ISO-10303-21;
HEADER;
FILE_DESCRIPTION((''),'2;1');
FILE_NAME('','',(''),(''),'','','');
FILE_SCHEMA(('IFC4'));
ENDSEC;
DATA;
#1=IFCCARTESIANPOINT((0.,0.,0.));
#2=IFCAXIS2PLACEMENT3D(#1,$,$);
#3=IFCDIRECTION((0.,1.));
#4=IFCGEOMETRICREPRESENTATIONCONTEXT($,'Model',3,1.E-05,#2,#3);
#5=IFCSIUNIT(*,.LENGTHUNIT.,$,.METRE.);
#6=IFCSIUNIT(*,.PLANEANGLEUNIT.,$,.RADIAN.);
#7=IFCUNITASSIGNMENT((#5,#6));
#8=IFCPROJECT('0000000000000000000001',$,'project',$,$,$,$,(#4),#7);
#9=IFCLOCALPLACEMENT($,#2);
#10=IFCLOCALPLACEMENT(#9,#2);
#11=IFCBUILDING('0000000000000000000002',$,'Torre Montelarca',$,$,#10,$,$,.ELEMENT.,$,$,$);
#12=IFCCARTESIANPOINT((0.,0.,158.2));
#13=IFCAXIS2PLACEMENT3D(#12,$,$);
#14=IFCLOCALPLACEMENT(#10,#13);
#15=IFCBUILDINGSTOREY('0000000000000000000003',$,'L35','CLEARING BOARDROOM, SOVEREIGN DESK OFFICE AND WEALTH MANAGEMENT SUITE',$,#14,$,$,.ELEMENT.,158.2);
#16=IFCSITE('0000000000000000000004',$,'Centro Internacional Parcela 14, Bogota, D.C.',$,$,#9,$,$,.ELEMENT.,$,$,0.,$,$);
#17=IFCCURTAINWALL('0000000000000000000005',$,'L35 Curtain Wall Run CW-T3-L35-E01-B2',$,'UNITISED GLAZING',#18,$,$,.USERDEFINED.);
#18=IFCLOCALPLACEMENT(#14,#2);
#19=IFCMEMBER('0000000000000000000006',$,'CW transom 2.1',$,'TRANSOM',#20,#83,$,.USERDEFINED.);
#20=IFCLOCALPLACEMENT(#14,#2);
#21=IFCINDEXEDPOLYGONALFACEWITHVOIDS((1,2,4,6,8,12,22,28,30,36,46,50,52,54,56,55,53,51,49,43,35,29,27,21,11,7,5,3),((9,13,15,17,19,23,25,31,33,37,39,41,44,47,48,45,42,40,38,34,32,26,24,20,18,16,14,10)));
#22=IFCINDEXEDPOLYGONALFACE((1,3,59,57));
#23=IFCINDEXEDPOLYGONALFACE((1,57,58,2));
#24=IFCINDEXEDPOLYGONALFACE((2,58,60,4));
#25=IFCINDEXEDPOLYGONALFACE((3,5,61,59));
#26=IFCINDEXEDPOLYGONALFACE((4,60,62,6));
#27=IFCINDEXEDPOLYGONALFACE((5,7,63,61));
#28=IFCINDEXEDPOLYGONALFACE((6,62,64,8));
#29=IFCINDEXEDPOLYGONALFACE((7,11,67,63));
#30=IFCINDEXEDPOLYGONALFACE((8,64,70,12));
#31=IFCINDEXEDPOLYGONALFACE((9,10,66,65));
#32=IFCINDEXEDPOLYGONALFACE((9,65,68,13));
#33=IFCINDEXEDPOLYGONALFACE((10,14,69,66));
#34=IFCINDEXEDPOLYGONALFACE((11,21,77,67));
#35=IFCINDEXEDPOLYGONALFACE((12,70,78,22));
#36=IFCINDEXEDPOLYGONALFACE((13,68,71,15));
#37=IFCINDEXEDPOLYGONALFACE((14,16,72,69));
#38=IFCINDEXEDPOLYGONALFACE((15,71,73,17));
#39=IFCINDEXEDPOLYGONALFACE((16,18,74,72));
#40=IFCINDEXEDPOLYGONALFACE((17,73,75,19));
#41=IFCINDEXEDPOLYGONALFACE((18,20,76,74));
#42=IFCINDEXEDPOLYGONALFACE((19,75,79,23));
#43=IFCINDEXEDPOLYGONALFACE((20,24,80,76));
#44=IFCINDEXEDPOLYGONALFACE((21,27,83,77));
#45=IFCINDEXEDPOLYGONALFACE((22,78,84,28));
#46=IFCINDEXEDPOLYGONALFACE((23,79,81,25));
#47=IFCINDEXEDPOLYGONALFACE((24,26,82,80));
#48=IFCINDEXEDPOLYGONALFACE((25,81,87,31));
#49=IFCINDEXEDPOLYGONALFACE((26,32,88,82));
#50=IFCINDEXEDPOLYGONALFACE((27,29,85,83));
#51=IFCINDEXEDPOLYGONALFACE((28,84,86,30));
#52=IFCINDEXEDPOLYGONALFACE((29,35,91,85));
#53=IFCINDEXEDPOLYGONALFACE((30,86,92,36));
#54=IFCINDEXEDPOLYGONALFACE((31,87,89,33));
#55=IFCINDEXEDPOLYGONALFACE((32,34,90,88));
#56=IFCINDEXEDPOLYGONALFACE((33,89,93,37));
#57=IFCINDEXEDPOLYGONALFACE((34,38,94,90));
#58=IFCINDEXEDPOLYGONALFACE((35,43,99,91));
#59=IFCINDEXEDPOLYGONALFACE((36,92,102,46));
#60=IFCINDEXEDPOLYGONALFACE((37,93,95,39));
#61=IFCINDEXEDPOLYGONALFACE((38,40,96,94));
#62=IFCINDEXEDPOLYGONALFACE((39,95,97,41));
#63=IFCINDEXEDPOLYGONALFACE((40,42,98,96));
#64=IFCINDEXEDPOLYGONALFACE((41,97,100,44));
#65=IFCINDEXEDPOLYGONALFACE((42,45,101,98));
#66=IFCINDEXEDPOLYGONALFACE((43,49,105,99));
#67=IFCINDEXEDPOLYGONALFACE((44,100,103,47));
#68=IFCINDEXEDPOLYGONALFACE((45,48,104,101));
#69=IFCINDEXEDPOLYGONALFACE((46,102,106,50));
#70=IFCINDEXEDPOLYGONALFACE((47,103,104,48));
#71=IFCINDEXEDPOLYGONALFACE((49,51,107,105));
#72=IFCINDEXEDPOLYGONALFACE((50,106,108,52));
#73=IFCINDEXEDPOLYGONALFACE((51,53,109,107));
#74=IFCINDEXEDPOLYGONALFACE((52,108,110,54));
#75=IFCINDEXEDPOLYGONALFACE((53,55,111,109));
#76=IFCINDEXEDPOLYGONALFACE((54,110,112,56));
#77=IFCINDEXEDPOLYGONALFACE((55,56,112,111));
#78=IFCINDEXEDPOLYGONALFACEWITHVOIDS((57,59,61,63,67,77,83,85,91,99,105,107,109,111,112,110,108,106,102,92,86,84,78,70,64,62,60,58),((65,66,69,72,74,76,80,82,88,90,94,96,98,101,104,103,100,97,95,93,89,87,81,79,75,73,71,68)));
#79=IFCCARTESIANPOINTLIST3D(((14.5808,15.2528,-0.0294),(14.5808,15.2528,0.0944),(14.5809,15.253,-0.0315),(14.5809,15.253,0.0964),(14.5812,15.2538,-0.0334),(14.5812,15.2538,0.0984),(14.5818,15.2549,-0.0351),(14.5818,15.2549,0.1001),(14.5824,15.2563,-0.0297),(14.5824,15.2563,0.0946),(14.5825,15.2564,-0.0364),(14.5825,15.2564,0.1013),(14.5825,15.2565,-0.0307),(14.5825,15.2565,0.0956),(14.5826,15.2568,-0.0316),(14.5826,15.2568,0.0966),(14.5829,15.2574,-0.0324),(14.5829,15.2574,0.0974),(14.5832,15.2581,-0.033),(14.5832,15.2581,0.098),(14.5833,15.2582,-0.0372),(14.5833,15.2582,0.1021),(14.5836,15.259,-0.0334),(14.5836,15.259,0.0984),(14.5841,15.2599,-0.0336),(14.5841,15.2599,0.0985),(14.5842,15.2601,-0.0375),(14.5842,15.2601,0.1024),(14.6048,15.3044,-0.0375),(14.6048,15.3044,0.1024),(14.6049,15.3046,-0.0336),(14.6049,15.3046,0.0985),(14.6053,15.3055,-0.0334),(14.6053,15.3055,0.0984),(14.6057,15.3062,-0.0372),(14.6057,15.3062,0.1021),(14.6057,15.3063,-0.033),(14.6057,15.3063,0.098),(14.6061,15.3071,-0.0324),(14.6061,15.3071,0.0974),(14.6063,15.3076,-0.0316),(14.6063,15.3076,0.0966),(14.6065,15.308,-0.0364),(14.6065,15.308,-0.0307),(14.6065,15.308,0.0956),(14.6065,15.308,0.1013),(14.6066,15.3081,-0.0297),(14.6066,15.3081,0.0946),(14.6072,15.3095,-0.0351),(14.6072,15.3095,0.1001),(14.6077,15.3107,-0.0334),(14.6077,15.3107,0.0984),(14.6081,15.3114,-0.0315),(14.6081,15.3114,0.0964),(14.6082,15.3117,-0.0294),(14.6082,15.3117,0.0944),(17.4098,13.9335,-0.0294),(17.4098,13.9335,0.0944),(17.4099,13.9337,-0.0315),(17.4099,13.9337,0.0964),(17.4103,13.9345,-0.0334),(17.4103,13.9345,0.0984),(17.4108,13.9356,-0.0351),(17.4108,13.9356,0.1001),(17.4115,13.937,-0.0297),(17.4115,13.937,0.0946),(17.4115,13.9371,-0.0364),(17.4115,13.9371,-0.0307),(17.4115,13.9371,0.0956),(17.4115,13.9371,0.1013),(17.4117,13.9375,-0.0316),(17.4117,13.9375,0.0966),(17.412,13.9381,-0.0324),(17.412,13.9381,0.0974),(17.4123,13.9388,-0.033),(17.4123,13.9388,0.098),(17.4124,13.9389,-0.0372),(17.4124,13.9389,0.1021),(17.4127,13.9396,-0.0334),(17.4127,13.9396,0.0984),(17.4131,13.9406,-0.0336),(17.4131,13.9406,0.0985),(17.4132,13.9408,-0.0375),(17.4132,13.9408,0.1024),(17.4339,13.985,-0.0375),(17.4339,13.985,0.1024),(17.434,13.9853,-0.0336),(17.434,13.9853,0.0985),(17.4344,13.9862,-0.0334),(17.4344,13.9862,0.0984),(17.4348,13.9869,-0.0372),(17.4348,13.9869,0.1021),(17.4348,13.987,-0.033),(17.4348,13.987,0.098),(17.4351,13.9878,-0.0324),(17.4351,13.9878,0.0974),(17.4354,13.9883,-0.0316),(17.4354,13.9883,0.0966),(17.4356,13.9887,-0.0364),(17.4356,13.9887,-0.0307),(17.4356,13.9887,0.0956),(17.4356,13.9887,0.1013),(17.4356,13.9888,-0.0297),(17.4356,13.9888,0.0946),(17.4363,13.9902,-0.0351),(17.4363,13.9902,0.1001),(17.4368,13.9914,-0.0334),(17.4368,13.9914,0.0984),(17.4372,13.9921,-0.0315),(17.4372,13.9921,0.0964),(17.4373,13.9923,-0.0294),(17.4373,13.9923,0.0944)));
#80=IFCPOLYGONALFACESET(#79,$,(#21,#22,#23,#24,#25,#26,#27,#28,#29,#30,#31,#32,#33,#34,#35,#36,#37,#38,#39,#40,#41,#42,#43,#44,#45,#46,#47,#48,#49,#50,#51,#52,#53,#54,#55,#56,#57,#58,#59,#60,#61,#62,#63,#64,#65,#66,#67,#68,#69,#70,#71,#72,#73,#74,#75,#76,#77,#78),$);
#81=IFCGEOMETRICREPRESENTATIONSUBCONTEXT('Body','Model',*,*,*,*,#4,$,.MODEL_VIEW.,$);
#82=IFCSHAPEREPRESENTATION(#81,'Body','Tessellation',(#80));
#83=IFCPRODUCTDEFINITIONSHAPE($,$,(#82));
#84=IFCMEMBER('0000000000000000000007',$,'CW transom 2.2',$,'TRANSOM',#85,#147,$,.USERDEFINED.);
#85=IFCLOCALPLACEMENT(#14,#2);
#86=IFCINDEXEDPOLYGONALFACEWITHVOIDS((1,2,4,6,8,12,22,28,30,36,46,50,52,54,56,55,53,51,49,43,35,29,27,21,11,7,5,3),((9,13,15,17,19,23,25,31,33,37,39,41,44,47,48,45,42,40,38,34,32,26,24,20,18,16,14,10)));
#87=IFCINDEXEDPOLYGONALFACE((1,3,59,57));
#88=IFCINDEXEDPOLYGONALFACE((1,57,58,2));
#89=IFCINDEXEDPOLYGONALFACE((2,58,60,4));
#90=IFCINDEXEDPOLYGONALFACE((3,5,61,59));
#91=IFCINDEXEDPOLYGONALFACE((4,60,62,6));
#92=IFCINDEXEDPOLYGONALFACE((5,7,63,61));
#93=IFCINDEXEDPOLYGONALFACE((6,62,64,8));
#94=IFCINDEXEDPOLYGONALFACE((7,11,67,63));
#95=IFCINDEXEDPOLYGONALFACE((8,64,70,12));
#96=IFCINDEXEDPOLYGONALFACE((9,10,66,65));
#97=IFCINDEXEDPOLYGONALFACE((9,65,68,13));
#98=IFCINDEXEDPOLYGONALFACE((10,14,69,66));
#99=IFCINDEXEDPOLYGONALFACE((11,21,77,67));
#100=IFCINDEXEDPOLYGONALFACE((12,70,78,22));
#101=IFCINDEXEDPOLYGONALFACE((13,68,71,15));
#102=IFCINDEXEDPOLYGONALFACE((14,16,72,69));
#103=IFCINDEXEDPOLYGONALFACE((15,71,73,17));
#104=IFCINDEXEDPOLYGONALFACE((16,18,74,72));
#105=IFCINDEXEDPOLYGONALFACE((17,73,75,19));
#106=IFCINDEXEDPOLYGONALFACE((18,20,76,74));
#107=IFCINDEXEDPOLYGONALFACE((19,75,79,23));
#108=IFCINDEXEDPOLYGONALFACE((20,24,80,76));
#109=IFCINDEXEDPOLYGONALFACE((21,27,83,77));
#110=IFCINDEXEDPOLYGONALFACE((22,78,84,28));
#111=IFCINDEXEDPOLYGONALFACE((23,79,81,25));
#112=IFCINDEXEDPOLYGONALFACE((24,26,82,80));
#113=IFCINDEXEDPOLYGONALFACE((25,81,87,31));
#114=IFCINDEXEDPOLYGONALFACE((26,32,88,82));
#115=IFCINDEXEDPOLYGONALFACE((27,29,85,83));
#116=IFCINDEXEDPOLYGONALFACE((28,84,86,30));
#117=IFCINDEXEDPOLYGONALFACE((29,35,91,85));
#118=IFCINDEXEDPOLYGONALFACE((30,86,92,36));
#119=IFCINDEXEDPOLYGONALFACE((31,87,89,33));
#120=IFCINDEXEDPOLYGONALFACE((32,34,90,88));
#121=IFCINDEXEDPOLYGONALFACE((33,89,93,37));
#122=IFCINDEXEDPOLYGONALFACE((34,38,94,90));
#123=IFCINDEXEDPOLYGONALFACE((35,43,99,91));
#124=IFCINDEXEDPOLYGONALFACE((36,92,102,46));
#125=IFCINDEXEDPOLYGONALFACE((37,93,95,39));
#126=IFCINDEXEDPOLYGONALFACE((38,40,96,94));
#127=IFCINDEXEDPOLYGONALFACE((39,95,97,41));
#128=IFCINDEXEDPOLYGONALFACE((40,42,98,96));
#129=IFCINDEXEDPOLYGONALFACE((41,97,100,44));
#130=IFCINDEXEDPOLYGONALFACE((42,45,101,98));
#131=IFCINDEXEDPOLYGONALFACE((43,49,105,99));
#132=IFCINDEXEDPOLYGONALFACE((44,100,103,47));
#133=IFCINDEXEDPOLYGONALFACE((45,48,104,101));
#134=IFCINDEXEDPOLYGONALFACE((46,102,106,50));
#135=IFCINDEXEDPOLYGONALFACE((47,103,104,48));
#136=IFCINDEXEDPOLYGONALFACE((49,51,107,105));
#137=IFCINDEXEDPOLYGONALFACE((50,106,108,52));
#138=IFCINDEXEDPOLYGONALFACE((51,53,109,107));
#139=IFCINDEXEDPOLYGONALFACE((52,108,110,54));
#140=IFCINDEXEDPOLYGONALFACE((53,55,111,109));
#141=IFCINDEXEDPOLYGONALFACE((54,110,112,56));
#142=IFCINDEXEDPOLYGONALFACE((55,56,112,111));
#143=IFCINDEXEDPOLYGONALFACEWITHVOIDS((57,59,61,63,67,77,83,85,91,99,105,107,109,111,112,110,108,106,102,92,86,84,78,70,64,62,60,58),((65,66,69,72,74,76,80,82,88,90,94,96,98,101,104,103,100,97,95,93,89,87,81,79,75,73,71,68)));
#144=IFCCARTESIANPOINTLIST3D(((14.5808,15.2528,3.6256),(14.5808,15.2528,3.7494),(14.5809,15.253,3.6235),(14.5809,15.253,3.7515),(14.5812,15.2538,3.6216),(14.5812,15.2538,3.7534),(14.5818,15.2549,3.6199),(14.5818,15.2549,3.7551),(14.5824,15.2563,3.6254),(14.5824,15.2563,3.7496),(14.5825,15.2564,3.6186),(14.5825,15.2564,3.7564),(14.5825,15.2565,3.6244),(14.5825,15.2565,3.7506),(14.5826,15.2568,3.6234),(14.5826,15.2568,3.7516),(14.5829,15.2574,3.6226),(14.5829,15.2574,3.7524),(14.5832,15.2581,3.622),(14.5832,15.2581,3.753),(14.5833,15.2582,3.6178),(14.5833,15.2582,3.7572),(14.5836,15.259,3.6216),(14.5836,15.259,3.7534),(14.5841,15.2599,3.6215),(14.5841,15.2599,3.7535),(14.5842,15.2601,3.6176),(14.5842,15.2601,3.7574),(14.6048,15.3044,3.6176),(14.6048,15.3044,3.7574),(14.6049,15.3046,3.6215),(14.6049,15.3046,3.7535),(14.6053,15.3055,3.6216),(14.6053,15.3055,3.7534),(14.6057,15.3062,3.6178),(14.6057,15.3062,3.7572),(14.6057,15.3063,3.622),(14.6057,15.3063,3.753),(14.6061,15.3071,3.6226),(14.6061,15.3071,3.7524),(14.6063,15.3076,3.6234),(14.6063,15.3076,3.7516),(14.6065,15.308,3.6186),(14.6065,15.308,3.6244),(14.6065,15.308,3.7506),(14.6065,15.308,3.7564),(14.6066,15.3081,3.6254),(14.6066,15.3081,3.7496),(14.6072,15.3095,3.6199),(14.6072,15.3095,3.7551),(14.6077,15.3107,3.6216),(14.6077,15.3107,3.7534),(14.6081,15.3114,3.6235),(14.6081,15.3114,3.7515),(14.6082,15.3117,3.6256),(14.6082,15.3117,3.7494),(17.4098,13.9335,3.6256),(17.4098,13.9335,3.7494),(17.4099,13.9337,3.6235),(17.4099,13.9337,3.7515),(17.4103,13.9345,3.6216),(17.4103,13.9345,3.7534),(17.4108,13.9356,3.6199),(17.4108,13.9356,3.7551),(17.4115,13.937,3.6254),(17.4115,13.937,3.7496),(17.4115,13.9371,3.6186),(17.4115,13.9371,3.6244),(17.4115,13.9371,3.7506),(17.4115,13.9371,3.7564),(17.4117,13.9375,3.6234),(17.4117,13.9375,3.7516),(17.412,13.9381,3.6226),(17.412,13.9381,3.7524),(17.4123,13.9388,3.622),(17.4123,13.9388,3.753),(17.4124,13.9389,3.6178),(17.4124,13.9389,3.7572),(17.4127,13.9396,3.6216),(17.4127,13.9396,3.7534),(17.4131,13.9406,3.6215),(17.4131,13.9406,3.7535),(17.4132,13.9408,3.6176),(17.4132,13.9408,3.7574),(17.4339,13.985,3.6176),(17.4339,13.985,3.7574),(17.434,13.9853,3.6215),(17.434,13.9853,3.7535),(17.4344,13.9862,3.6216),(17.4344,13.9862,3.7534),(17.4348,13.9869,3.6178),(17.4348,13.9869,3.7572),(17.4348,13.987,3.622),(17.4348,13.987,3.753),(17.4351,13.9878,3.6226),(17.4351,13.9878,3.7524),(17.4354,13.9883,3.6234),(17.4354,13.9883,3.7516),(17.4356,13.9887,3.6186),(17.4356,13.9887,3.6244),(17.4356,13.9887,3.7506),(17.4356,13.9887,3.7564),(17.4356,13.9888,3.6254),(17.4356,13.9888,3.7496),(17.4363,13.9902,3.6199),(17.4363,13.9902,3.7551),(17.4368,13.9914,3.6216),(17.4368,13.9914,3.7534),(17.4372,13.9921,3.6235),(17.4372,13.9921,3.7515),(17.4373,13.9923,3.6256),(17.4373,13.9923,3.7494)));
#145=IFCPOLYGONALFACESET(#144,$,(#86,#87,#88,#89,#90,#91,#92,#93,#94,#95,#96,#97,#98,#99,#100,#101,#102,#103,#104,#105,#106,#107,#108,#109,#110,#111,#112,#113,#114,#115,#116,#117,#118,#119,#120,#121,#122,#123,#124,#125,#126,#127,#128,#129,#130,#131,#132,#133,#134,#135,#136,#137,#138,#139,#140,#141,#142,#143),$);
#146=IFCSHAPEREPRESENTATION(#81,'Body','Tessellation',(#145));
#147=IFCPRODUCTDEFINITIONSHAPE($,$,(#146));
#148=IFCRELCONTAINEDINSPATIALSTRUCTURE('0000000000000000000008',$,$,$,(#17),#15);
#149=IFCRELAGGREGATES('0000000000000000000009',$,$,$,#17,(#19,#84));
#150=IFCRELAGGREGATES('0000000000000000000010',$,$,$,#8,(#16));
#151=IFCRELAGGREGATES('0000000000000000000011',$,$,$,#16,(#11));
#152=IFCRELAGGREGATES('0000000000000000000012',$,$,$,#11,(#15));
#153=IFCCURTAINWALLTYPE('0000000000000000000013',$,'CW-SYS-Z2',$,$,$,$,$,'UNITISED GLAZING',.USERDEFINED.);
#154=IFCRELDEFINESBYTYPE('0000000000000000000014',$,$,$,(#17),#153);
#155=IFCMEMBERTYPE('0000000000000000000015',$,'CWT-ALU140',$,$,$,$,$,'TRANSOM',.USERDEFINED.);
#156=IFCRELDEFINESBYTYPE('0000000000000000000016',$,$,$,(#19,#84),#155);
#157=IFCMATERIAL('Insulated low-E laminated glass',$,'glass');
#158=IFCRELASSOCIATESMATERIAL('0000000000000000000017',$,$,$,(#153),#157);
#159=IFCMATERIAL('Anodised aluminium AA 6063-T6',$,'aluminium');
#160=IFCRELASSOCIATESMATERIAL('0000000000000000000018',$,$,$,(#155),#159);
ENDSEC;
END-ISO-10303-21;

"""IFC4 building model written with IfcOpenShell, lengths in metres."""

from ifc_helpers import new_model, si_unit, direction, frame, origin, origin_2d, place, context, subcontext, project, spatial, hollow_rectangle, extrude, source, transform, mapped, material, material_profile, profile_set, type_object, element, aggregate, save


model = new_model("IFC4")

# Units and contexts
model_context = context("Model", 3, precision=1e-05, world=origin(), true_north=direction((0.0, 1.0)))
body_context = subcontext(model_context, "Body", "Model", "MODEL_VIEW")
ifc_project = project(units=[si_unit("LENGTHUNIT", "METRE"), si_unit("PLANEANGLEUNIT", "RADIAN")], contexts=[model_context])

# Site, building, storey
site_placement = place(None, origin())
site = spatial("IfcSite", under=ifc_project, at=site_placement, Name="Centro Internacional Parcela 14, Bogota, D.C.", CompositionType="ELEMENT", RefElevation=0.0)
building_placement = place(site_placement, origin())
building = spatial("IfcBuilding", under=site, at=building_placement, Name="Torre Montelarca", CompositionType="ELEMENT")
storey_placement = place(building_placement, frame((0.0, 0.0, 158.2)))
storey = spatial("IfcBuildingStorey", under=building, at=storey_placement, Name="L35", Description="CLEARING BOARDROOM, SOVEREIGN DESK OFFICE AND WEALTH MANAGEMENT SUITE", CompositionType="ELEMENT", Elevation=158.2)

# Shared definitions
ifc_material_1 = material(Name="Insulated low-E laminated glass", Category="glass")
curtain_wall_type = type_object("IfcCurtainWallType", Name="CW-SYS-Z2", ElementType="UNITISED GLAZING", PredefinedType="USERDEFINED", material=ifc_material_1)
ifc_material_2 = material(Name="Anodised aluminium AA 6063-T6", Category="aluminium")

# Curtain wall
curtain_wall_1_placement = place(storey_placement, origin())
curtain_wall_1 = element("IfcCurtainWall", 1, at=curtain_wall_1_placement, inside=storey, type_object=curtain_wall_type, Name="L35 Curtain Wall Run CW-T3-L35-E01-B2", ObjectType="UNITISED GLAZING", PredefinedType="USERDEFINED")

# Members
ifc_material_profile_1 = material_profile(ifc_material_2, hollow_rectangle(XDim=0.0649, YDim=0.1399, WallThickness=0.0039, InnerFilletRadius=0.0039, OuterFilletRadius=0.0081, at=origin_2d()), Name="ALU65X140X4", Category="aluminium")
ifc_profile_set_1 = profile_set([ifc_material_profile_1], Name="Anodised aluminium AA 6063-T6")
member_type_1 = type_object("IfcMemberType", Name="CWT-ALU140", ElementType="TRANSOM", PredefinedType="USERDEFINED", material=ifc_profile_set_1)
shared_shape_1 = source(origin(), body_context, "Body", "SweptSolid", [
    extrude(hollow_rectangle(XDim=0.0649, YDim=0.1399, WallThickness=0.0039, InnerFilletRadius=0.0039, OuterFilletRadius=0.0081, at=origin_2d()), origin(), (0.0, 0.0, 1.0), 3.1216),
])
member_1_placement = place(storey_placement, frame((14.5945, 15.2822, 0.0325), z_axis=(0.906295, -0.422646, 0.0), x_axis=(0.422646, 0.906295, 0.0)))
member_1 = element("IfcMember", 2, at=member_1_placement, type_object=member_type_1, Name="CW transom 2.1", ObjectType="TRANSOM", PredefinedType="USERDEFINED", context=body_context, shape_type="MappedRepresentation", body=[
    mapped(shared_shape_1, transform((0.0, 0.0, 0.0), scale=1.0)),
])
member_2_placement = place(storey_placement, frame((14.5945, 15.2822, 3.6875), z_axis=(0.906295, -0.422646, 0.0), x_axis=(0.422646, 0.906295, 0.0)))
member_2 = element("IfcMember", 3, at=member_2_placement, type_object=member_type_1, Name="CW transom 2.2", ObjectType="TRANSOM", PredefinedType="USERDEFINED", context=body_context, shape_type="MappedRepresentation", body=[
    mapped(shared_shape_1, transform((0.0, 0.0, 0.0), scale=1.0)),
])

aggregate(curtain_wall_1, [member_1, member_2])

save(model, "model.ifc")
